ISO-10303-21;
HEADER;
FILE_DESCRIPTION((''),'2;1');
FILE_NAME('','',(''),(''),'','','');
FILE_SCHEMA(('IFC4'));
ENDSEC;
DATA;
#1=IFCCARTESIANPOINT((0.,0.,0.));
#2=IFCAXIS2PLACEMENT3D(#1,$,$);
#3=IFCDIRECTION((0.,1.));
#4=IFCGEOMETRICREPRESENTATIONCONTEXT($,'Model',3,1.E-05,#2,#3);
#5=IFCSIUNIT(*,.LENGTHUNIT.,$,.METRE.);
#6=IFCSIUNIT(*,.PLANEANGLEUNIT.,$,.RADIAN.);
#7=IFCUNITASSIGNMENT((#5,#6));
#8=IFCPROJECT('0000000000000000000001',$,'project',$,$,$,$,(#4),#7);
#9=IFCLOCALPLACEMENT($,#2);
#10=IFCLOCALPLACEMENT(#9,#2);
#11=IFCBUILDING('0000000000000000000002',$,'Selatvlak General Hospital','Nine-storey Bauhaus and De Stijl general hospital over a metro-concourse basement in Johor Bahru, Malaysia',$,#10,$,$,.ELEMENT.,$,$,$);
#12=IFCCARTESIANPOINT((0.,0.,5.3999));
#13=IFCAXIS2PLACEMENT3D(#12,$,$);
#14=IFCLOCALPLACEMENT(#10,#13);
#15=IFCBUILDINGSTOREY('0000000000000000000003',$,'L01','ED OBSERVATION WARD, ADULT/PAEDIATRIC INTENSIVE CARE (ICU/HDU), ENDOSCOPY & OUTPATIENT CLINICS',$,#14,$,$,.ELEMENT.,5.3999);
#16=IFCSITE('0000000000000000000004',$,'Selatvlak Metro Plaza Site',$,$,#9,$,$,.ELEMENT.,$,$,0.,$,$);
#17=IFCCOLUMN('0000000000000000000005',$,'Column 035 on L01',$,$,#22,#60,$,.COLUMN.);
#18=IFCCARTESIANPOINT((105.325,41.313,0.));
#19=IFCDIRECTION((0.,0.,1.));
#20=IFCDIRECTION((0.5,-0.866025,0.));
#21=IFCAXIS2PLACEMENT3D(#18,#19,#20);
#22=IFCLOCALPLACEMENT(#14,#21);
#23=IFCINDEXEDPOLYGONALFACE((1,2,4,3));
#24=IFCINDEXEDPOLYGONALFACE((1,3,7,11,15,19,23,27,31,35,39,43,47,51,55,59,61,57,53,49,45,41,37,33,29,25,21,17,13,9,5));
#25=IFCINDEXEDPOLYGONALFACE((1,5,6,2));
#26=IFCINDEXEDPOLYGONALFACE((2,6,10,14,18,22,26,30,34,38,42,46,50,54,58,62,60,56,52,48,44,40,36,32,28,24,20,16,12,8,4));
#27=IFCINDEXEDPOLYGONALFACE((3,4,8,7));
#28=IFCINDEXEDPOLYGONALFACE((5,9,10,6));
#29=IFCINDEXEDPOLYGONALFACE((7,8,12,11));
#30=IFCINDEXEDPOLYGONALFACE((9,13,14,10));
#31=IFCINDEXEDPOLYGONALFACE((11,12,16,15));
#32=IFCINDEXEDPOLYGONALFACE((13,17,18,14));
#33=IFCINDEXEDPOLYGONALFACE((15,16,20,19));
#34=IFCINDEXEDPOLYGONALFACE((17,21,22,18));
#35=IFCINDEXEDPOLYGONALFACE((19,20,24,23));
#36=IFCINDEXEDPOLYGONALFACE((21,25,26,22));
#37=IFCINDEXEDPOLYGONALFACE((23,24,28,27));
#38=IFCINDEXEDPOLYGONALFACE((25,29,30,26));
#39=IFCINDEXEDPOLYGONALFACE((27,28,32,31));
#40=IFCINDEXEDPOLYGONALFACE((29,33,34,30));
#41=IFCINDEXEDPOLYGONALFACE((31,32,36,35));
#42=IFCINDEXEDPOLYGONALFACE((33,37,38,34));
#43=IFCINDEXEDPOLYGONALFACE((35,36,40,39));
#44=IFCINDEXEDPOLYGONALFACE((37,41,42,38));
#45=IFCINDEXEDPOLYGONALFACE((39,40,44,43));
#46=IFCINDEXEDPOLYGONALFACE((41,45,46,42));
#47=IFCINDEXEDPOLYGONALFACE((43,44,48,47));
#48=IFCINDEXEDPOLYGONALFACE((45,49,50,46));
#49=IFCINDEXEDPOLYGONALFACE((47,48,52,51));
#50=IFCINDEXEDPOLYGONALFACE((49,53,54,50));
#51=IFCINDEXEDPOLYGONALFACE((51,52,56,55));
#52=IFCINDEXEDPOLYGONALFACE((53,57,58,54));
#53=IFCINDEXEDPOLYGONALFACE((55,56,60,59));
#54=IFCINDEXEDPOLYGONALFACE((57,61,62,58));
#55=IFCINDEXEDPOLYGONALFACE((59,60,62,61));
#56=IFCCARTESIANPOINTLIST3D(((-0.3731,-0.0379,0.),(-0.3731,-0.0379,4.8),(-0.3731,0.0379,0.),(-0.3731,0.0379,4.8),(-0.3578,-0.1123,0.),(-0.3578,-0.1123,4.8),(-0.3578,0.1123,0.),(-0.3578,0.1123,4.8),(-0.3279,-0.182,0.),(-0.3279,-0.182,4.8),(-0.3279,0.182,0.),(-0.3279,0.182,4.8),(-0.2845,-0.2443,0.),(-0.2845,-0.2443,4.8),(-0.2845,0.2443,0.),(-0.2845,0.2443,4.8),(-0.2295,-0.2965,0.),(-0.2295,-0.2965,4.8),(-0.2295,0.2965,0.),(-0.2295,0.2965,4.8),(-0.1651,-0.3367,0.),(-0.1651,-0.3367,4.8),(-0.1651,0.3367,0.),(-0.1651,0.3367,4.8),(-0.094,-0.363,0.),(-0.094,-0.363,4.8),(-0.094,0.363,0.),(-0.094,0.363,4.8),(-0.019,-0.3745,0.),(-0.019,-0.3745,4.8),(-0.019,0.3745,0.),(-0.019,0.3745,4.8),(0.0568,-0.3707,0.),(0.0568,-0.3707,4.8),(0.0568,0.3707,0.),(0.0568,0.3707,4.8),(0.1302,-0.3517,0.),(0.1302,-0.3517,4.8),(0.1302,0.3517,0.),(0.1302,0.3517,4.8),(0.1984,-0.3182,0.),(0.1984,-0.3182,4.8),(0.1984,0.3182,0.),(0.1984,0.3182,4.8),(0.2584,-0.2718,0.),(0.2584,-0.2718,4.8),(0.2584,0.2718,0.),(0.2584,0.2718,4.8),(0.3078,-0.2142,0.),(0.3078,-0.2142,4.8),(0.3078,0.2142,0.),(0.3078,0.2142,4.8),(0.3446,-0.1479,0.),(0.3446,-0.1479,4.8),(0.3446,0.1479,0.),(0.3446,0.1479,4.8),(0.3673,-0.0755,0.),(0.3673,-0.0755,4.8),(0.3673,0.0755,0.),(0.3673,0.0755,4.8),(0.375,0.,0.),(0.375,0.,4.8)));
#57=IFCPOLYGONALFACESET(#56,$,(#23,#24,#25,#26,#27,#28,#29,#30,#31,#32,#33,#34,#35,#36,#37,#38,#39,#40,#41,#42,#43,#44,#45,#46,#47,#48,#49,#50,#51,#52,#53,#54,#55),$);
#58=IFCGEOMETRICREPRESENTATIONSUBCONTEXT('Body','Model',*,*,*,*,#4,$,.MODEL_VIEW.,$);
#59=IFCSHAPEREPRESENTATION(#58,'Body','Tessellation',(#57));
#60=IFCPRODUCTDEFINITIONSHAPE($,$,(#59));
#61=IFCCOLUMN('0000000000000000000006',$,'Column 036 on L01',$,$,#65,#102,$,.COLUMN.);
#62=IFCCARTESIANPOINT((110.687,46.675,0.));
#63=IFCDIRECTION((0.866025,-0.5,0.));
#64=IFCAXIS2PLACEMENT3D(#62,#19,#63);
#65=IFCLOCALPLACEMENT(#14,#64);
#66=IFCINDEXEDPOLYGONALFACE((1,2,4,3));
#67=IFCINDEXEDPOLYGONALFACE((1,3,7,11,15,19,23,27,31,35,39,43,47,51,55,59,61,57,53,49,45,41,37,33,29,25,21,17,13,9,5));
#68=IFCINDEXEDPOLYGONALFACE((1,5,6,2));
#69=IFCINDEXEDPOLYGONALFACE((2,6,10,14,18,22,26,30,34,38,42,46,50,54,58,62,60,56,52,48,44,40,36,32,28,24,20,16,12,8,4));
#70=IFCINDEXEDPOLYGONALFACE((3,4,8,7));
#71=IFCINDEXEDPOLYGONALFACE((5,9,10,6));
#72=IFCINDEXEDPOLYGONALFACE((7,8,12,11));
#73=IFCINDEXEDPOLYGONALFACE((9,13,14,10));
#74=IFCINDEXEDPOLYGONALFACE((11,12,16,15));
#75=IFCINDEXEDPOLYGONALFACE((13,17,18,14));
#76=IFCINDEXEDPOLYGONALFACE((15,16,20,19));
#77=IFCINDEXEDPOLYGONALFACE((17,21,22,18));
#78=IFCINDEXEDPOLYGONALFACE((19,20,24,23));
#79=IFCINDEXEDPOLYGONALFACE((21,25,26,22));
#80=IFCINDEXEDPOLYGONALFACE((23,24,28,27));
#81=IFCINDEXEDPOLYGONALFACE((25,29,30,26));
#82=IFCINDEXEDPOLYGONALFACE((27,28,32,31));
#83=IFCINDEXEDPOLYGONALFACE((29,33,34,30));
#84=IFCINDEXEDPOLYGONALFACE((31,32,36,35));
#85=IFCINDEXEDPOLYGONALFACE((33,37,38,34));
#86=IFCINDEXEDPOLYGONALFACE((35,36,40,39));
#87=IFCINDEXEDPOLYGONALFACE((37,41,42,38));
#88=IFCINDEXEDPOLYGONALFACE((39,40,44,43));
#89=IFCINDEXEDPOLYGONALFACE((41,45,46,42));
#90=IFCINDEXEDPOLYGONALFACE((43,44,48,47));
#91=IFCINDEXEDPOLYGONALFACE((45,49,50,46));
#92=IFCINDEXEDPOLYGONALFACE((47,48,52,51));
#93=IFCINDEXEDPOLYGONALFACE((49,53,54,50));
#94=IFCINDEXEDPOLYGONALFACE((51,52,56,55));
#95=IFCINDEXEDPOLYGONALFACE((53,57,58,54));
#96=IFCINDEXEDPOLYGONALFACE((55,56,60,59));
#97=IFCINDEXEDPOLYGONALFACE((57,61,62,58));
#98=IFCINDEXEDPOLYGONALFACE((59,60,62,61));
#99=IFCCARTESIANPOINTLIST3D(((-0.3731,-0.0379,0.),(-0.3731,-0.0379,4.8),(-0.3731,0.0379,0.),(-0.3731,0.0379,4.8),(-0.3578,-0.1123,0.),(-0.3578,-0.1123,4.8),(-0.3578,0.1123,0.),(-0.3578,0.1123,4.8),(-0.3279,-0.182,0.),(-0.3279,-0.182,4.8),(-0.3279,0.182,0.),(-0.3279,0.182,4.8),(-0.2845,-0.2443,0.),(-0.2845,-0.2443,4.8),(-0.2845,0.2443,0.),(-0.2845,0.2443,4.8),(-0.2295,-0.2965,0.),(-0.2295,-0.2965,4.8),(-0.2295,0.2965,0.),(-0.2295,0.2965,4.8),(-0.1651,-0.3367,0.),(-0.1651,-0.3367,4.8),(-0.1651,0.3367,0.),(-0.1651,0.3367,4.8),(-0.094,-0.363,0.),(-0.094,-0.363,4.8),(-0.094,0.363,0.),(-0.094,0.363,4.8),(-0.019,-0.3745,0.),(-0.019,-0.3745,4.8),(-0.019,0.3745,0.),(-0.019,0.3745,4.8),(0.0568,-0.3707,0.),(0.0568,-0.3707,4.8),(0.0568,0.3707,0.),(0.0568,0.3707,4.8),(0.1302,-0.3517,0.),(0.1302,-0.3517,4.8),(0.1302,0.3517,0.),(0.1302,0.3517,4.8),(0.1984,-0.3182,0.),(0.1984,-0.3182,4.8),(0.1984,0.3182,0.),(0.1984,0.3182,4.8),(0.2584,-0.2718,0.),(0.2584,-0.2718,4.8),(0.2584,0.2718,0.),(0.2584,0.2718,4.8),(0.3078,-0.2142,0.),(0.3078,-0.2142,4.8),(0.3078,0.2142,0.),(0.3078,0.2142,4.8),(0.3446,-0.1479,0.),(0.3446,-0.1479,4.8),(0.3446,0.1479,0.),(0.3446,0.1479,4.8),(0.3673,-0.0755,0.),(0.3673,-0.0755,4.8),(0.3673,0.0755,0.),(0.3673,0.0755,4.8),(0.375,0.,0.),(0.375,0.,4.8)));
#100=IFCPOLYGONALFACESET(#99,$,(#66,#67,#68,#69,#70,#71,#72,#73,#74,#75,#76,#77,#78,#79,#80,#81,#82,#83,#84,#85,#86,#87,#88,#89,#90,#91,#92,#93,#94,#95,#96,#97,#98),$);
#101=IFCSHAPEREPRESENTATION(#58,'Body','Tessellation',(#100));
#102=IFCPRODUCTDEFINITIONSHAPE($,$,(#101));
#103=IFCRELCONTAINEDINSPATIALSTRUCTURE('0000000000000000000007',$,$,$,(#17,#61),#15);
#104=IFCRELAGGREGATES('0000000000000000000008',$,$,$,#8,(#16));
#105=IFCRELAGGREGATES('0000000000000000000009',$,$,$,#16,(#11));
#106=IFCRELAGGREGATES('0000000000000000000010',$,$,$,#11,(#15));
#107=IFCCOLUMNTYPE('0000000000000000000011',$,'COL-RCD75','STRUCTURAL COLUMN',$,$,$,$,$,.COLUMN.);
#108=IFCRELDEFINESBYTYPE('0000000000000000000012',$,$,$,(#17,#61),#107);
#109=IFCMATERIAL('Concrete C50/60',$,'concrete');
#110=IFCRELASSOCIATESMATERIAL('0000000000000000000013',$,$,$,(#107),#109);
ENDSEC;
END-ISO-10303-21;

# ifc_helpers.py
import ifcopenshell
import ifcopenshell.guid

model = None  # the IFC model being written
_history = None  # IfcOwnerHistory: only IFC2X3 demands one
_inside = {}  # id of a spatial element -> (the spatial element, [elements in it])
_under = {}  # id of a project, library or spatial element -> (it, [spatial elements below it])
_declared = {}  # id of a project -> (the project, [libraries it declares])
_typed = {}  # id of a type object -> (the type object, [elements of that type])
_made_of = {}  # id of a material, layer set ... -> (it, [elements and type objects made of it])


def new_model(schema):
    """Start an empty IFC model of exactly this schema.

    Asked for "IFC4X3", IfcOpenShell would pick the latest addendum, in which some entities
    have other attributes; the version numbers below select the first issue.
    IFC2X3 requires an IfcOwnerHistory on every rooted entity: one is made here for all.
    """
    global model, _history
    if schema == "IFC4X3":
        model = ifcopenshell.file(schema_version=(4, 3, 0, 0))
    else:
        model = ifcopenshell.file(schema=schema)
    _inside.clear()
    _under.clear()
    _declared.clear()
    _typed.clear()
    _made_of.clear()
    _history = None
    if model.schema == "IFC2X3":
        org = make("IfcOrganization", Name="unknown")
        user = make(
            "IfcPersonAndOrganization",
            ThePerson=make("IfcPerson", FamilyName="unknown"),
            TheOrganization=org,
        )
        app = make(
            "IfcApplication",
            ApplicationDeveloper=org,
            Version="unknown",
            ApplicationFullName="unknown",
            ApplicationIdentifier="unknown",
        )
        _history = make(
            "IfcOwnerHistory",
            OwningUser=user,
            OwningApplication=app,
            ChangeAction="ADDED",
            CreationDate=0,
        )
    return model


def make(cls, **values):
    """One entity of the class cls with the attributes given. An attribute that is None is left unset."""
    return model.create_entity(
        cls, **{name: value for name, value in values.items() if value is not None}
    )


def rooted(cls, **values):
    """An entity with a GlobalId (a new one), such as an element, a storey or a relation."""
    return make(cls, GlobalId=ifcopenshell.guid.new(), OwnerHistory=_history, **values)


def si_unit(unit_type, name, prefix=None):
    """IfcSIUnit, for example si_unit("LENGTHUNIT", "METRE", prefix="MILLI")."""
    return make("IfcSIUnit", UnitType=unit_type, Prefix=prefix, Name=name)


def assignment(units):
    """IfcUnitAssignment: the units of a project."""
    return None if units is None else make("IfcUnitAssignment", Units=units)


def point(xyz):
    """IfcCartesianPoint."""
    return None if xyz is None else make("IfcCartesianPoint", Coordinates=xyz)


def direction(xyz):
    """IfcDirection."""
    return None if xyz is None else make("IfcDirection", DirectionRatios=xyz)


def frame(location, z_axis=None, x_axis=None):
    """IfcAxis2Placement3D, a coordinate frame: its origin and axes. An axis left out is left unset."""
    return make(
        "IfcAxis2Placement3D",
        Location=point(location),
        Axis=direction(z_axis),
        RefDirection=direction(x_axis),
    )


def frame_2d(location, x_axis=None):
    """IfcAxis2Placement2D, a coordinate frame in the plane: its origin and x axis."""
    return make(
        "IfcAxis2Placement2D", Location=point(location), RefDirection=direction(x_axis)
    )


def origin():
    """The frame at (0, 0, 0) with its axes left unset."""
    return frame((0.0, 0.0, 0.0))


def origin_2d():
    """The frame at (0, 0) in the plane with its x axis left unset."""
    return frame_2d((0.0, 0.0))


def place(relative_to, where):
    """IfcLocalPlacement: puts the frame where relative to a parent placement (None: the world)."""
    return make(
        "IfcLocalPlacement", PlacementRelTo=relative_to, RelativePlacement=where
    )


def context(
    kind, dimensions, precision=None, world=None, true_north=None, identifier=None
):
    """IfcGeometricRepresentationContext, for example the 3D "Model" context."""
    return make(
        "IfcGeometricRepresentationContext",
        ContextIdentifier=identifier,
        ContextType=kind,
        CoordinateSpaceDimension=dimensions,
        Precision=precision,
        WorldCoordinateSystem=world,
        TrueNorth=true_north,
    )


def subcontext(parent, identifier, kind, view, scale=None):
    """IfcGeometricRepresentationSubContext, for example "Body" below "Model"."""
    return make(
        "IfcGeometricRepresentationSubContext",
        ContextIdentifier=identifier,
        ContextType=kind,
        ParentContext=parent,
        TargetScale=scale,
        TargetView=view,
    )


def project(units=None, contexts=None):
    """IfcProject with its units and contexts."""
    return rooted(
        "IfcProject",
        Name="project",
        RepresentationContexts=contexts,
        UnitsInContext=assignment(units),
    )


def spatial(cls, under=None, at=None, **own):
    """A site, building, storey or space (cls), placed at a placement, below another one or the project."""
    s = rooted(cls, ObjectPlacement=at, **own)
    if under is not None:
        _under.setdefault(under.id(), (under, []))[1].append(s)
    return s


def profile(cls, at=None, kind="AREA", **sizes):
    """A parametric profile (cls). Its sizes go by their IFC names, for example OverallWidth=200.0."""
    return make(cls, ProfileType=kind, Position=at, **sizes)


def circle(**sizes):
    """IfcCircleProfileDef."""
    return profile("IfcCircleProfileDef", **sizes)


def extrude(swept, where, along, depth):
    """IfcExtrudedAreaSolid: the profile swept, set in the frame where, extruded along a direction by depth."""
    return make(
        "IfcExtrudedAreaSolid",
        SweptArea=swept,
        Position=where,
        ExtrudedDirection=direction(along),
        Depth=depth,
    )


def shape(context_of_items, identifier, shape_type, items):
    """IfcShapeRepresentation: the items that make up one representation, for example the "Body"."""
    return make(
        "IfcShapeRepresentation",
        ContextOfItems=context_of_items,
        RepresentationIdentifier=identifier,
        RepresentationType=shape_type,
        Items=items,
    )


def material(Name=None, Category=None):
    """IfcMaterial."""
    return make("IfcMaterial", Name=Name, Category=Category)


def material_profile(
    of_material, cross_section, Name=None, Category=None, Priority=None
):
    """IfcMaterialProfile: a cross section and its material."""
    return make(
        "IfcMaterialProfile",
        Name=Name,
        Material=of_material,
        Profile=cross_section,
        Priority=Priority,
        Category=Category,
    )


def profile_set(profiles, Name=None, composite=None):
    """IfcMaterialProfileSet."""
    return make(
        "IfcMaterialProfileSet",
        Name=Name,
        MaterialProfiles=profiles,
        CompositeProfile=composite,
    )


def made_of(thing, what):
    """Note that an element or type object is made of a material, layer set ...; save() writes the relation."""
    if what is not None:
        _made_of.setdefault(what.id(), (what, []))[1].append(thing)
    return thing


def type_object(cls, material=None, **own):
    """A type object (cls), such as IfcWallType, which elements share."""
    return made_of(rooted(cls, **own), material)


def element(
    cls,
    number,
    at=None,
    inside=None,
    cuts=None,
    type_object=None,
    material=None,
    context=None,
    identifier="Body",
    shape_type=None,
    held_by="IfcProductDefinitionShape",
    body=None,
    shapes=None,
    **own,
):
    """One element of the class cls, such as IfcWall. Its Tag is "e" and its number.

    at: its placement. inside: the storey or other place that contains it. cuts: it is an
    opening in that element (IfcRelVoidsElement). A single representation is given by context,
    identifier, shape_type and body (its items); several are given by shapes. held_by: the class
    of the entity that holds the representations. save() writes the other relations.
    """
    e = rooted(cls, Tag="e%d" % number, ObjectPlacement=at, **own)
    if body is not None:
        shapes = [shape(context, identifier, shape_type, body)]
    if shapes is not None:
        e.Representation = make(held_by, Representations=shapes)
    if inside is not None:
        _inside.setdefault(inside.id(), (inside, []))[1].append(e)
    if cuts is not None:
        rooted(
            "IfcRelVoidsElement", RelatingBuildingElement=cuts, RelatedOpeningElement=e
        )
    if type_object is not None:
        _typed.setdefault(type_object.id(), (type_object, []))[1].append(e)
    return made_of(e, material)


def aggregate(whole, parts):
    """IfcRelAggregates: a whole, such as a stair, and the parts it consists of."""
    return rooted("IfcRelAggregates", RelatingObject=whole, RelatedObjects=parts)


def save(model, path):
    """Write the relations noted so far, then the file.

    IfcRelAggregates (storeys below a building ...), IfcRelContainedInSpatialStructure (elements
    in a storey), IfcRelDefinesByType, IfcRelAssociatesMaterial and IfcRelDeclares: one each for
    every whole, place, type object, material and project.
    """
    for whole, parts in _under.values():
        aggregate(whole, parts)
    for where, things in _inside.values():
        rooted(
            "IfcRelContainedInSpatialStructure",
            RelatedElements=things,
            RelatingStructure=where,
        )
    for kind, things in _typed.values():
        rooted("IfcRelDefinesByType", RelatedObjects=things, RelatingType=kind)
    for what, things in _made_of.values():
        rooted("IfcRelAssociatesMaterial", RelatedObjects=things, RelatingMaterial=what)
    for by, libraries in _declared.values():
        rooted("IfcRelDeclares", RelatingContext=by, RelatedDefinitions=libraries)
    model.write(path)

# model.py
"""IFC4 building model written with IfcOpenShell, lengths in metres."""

from ifc_helpers import new_model, si_unit, direction, frame, origin, origin_2d, place, context, subcontext, project, spatial, circle, extrude, material, material_profile, profile_set, type_object, element, save


model = new_model("IFC4")

# Units and contexts
model_context = context("Model", 3, precision=1e-05, world=origin(), true_north=direction((0.0, 1.0)))
body_context = subcontext(model_context, "Body", "Model", "MODEL_VIEW")
ifc_project = project(units=[si_unit("LENGTHUNIT", "METRE"), si_unit("PLANEANGLEUNIT", "RADIAN")], contexts=[model_context])

# Site, building, storey
site_placement = place(None, origin())
site = spatial("IfcSite", under=ifc_project, at=site_placement, Name="Selatvlak Metro Plaza Site", CompositionType="ELEMENT", RefElevation=0.0)
building_placement = place(site_placement, origin())
building = spatial("IfcBuilding", under=site, at=building_placement, Name="Selatvlak General Hospital", Description="Nine-storey Bauhaus and De Stijl general hospital over a metro-concourse basement in Johor Bahru, Malaysia", CompositionType="ELEMENT")
storey_placement = place(building_placement, frame((0.0, 0.0, 5.3999)))
storey = spatial("IfcBuildingStorey", under=building, at=storey_placement, Name="L01", Description="ED OBSERVATION WARD, ADULT/PAEDIATRIC INTENSIVE CARE (ICU/HDU), ENDOSCOPY & OUTPATIENT CLINICS", CompositionType="ELEMENT", Elevation=5.3999)

# Columns
ifc_material_1 = material(Name="Concrete C50/60", Category="concrete")
ifc_material_profile_1 = material_profile(ifc_material_1, circle(Radius=0.375, at=origin_2d()), Name="RC-COL D750")
ifc_profile_set_1 = profile_set([ifc_material_profile_1], Name="Concrete C50/60")
column_type_1 = type_object("IfcColumnType", Name="COL-RCD75", Description="STRUCTURAL COLUMN", PredefinedType="COLUMN", material=ifc_profile_set_1)
for number, where, z_axis, x_axis, name in (
    (1, (105.325, 41.313, 0.0), (0.0, 0.0, 1.0), (0.5, -0.866025, 0.0), "Column 035 on L01"),
    (2, (110.687, 46.675, 0.0), (0.0, 0.0, 1.0), (0.866025, -0.5, 0.0), "Column 036 on L01"),
):
    element("IfcColumn", number, at=place(storey_placement, frame(where, z_axis=z_axis, x_axis=x_axis)), inside=storey, type_object=column_type_1, Name=name, PredefinedType="COLUMN", context=body_context, shape_type="SweptSolid", body=[
        extrude(circle(Radius=0.375, at=origin_2d()), origin(), (0.0, 0.0, 1.0), 4.8),
    ])

save(model, "model.ifc")
